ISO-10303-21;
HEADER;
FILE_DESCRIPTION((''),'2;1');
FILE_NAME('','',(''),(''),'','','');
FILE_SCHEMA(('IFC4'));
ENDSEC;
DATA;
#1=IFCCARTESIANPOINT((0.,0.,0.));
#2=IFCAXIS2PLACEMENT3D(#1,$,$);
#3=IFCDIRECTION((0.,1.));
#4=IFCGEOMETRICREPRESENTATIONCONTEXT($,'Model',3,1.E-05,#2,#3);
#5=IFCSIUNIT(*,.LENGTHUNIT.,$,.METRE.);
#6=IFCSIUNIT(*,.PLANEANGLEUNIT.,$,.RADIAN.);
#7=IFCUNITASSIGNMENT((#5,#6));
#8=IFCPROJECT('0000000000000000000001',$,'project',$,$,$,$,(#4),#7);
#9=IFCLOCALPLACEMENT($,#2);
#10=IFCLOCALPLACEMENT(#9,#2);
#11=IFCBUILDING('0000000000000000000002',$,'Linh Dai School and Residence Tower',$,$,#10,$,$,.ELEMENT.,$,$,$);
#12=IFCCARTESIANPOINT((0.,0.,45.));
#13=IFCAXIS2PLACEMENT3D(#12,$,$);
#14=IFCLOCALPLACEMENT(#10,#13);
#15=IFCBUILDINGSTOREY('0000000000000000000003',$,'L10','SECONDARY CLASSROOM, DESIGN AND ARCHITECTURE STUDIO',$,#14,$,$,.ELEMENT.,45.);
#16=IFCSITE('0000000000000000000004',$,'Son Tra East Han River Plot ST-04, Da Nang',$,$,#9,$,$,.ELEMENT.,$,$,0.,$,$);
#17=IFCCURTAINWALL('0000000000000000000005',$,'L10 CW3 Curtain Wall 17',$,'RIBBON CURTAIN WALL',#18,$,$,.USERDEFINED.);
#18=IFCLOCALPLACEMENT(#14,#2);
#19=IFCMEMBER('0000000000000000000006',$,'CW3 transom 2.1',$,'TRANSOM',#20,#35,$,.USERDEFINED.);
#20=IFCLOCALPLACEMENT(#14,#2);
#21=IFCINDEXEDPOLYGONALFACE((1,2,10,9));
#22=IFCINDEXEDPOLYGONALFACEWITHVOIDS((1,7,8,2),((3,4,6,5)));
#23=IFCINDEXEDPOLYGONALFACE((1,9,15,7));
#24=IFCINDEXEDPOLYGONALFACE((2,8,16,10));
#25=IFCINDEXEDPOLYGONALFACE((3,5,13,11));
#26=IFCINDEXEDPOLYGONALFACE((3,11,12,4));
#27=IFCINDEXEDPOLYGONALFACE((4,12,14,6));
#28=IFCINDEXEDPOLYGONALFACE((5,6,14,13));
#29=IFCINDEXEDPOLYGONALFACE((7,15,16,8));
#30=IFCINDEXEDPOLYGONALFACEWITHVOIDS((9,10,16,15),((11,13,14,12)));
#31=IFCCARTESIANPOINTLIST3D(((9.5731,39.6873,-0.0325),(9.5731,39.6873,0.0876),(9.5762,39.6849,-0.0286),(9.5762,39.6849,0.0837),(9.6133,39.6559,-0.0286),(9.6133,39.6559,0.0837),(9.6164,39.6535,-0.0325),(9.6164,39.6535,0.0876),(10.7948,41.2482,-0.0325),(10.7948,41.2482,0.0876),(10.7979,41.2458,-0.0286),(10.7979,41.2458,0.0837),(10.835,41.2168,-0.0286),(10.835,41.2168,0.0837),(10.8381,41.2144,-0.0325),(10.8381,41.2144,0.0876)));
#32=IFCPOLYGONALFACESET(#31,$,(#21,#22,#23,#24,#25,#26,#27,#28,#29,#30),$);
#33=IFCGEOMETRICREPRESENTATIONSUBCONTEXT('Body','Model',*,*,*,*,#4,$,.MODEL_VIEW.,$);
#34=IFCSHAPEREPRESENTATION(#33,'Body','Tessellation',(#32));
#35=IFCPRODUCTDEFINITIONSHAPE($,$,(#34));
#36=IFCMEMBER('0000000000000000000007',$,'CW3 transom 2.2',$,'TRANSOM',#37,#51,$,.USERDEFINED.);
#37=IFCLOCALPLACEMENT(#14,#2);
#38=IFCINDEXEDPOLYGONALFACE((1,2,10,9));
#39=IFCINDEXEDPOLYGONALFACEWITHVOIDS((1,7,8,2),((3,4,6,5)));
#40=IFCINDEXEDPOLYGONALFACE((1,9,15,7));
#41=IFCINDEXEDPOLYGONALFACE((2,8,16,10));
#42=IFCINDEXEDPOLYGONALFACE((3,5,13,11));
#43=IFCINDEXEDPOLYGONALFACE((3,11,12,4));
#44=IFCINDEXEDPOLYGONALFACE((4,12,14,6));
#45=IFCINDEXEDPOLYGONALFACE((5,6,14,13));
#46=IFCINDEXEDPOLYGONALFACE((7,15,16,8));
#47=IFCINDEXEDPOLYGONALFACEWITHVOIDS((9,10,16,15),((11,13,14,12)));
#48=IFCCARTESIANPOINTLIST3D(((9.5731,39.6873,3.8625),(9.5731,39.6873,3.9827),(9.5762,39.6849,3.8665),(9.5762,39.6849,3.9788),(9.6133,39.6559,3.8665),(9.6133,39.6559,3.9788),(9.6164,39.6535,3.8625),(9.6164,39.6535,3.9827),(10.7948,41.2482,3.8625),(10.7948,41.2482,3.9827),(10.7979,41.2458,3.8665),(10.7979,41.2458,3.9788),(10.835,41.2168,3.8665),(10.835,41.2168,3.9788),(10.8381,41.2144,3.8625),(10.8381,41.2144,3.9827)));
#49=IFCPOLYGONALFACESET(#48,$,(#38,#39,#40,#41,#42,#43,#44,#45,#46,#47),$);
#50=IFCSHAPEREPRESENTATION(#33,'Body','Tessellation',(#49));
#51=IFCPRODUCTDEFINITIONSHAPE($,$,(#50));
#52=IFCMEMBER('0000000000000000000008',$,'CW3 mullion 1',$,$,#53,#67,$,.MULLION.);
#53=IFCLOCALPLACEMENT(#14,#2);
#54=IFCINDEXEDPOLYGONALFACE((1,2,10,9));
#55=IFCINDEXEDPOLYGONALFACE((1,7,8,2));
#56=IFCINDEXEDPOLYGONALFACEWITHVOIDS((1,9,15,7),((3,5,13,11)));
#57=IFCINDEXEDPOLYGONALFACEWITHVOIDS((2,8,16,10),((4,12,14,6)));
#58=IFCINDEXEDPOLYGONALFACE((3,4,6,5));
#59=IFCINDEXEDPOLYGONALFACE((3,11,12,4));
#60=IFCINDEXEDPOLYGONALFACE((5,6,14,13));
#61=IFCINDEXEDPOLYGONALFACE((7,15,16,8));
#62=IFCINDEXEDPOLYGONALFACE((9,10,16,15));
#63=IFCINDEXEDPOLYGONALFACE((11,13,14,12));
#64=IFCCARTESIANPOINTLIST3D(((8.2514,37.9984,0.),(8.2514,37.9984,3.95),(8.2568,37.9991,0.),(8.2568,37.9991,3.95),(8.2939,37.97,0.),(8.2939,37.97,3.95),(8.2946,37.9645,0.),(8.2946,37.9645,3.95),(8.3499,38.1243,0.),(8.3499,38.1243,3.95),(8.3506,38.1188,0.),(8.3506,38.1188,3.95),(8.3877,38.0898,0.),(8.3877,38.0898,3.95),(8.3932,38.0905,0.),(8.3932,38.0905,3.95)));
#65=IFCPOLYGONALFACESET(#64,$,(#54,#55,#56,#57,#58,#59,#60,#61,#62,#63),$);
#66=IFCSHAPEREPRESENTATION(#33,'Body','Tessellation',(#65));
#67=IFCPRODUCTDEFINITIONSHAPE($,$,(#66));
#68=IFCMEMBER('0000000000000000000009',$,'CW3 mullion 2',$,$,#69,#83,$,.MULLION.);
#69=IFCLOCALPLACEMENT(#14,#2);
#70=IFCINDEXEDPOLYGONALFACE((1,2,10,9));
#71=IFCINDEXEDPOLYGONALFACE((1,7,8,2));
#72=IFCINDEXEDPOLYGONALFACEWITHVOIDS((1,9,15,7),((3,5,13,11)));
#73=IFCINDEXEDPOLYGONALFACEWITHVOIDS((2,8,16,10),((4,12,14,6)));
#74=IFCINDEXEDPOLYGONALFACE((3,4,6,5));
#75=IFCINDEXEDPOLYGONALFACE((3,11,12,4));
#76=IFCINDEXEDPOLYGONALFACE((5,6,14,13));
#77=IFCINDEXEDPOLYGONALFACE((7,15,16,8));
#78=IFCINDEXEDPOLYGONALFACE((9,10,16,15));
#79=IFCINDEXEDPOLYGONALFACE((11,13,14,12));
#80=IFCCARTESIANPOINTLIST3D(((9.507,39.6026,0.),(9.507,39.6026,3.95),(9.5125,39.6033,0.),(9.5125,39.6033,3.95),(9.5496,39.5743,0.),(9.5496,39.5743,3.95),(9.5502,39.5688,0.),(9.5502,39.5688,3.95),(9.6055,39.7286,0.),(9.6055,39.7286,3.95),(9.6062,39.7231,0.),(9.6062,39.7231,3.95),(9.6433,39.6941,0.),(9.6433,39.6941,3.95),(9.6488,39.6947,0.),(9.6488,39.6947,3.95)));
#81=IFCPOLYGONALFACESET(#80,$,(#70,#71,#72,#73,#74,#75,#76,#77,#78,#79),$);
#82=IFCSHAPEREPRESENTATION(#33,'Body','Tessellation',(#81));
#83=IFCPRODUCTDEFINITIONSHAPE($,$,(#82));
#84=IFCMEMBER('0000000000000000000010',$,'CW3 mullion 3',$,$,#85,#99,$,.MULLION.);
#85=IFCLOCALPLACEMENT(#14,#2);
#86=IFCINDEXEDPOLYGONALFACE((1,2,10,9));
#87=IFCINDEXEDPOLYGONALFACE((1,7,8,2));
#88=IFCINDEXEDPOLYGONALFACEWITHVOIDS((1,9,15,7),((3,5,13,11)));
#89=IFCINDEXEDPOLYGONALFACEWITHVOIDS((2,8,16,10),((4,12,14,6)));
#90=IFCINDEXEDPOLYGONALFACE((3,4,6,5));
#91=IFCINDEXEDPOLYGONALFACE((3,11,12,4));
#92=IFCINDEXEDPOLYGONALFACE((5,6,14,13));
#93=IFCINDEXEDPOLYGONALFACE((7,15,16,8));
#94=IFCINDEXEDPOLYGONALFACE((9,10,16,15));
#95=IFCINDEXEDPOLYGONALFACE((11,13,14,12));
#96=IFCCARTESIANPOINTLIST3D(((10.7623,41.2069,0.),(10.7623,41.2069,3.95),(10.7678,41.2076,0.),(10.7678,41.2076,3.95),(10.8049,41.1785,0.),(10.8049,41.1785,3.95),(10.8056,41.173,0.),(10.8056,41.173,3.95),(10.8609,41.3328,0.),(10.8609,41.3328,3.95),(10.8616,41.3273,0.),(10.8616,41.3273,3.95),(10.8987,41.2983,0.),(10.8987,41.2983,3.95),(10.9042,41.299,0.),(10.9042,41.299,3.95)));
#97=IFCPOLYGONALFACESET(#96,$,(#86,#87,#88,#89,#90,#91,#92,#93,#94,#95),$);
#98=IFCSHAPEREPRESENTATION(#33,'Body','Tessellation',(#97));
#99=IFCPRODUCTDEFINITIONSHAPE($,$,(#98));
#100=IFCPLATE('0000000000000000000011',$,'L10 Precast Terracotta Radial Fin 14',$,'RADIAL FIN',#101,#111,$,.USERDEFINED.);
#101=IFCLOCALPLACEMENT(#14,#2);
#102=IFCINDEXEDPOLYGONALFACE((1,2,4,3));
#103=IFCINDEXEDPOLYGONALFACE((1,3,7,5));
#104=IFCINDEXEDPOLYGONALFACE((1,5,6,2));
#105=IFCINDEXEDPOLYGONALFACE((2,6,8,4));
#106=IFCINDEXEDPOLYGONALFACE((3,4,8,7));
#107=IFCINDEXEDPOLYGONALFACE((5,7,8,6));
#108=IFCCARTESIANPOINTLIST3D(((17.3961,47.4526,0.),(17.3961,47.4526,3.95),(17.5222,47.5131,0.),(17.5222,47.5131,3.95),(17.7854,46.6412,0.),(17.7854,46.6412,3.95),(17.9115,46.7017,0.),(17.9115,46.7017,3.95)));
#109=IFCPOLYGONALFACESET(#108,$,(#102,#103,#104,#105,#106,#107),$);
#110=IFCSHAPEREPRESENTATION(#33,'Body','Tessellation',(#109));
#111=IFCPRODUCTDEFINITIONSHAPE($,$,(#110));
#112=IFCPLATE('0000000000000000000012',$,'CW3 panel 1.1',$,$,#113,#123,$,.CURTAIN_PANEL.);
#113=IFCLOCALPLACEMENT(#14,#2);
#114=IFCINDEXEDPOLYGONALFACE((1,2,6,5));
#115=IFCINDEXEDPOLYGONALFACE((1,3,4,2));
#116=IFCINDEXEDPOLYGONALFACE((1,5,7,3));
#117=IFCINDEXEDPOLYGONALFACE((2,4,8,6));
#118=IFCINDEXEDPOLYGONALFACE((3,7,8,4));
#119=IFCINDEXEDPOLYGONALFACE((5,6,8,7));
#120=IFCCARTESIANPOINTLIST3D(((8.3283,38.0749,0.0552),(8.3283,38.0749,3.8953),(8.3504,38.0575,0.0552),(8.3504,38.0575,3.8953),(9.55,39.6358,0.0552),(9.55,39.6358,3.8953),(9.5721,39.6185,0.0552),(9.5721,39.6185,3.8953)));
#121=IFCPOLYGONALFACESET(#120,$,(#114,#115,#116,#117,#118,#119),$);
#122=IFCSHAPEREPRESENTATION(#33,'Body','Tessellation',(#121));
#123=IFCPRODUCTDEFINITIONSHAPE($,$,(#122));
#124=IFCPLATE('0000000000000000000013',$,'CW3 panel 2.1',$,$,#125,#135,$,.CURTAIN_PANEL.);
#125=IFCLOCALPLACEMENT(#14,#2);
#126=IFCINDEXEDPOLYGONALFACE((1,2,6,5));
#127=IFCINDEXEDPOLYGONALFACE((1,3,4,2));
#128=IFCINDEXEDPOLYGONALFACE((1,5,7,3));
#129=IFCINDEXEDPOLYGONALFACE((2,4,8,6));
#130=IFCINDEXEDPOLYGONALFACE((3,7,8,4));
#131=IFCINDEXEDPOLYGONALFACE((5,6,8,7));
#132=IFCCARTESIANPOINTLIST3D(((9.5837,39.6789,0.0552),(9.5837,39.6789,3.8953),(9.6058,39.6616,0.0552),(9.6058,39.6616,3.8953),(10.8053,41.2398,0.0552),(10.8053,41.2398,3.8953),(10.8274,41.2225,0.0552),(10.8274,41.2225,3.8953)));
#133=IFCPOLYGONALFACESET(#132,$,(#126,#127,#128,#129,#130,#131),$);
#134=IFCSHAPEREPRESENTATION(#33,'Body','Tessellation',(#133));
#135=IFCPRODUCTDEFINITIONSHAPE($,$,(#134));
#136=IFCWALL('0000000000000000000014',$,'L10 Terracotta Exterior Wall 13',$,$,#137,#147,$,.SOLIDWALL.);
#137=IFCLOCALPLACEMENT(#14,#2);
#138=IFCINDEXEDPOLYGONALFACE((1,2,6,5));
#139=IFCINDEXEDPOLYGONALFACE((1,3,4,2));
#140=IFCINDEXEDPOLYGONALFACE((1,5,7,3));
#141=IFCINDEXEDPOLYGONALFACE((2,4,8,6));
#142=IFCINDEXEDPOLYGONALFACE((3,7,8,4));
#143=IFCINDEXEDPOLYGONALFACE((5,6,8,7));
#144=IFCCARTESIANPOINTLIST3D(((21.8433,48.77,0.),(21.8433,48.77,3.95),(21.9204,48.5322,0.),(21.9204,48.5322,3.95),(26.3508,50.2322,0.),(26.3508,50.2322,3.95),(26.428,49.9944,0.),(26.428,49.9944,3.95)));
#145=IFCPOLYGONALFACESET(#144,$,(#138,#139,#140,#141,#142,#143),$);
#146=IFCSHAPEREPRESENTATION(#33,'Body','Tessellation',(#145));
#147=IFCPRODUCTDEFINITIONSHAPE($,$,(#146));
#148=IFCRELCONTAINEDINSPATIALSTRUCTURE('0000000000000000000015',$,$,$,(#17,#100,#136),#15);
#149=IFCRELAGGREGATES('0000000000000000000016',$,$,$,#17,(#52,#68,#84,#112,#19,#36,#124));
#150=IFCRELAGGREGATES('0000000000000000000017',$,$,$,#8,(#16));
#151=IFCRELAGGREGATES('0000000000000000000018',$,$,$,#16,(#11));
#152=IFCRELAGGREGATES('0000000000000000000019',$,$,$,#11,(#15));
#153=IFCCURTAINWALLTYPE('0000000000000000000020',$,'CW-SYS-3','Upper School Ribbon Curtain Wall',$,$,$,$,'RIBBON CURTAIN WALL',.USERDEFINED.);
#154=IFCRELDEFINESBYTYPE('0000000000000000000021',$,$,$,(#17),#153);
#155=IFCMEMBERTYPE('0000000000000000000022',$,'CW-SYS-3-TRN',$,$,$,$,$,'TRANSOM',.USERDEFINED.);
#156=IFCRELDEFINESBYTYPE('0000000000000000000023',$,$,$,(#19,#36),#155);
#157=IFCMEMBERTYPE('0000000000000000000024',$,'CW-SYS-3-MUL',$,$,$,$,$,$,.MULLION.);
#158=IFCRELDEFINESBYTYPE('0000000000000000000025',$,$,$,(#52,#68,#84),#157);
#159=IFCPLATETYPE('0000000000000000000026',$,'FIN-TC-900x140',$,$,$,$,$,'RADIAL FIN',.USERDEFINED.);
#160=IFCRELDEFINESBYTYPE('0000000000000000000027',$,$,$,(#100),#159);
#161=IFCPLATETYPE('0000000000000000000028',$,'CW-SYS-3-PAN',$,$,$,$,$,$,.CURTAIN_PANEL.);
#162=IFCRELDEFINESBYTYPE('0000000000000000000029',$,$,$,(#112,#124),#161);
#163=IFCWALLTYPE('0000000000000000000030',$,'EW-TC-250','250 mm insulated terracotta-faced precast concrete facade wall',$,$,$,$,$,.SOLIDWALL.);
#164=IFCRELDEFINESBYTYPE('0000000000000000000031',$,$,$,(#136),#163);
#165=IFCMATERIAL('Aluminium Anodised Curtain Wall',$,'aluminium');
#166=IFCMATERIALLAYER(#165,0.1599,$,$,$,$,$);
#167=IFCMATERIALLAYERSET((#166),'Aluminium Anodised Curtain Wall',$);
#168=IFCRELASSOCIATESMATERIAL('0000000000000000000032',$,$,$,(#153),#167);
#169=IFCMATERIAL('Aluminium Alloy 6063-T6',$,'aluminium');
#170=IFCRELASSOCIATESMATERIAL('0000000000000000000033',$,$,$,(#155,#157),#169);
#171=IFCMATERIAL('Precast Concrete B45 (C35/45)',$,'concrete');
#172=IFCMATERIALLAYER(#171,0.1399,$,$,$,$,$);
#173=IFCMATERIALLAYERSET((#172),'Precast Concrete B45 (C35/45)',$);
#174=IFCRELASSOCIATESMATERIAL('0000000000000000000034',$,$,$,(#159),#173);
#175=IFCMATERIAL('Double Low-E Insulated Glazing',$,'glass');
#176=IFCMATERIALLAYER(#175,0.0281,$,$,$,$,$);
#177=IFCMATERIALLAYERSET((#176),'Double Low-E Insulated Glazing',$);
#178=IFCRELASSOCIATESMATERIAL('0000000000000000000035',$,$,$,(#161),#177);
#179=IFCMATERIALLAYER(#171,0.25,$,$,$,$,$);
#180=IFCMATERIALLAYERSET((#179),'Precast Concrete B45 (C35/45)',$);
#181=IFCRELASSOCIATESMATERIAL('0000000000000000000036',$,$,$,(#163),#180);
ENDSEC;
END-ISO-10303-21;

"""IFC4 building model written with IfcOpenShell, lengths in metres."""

from ifc_helpers import new_model, si_unit, direction, frame, frame_2d, origin, origin_2d, place, context, subcontext, project, spatial, rectangle, hollow_rectangle, extrude, source, transform, mapped, material, layer, layer_set, material_profile, profile_set, type_object, element, aggregate, save


model = new_model("IFC4")

# Units and contexts
model_context = context("Model", 3, precision=1e-05, world=origin(), true_north=direction((0.0, 1.0)))
body_context = subcontext(model_context, "Body", "Model", "MODEL_VIEW")
ifc_project = project(units=[si_unit("LENGTHUNIT", "METRE"), si_unit("PLANEANGLEUNIT", "RADIAN")], contexts=[model_context])

# Site, building, storey
site_placement = place(None, origin())
site = spatial("IfcSite", under=ifc_project, at=site_placement, Name="Son Tra East Han River Plot ST-04, Da Nang", CompositionType="ELEMENT", RefElevation=0.0)
building_placement = place(site_placement, origin())
building = spatial("IfcBuilding", under=site, at=building_placement, Name="Linh Dai School and Residence Tower", CompositionType="ELEMENT")
storey_placement = place(building_placement, frame((0.0, 0.0, 45.0)))
storey = spatial("IfcBuildingStorey", under=building, at=storey_placement, Name="L10", Description="SECONDARY CLASSROOM, DESIGN AND ARCHITECTURE STUDIO", CompositionType="ELEMENT", Elevation=45.0)

# Curtain wall, members
ifc_material_1 = material(Name="Aluminium Anodised Curtain Wall", Category="aluminium")
ifc_layer_1 = layer(ifc_material_1, 0.1599)
ifc_layer_set_1 = layer_set([ifc_layer_1], Name="Aluminium Anodised Curtain Wall")
curtain_wall_type = type_object("IfcCurtainWallType", Name="CW-SYS-3", Description="Upper School Ribbon Curtain Wall", ElementType="RIBBON CURTAIN WALL", PredefinedType="USERDEFINED", material=ifc_layer_set_1)
curtain_wall_placement = place(storey_placement, origin())
curtain_wall = element("IfcCurtainWall", 1, at=curtain_wall_placement, inside=storey, type_object=curtain_wall_type, Name="L10 CW3 Curtain Wall 17", ObjectType="RIBBON CURTAIN WALL", PredefinedType="USERDEFINED")
ifc_material_2 = material(Name="Aluminium Alloy 6063-T6", Category="aluminium")
ifc_material_profile_1 = material_profile(ifc_material_2, hollow_rectangle(XDim=0.0549, YDim=0.1201, WallThickness=0.0039, at=origin_2d()), Name="RHS 120x55x4")
ifc_profile_set_1 = profile_set([ifc_material_profile_1], Name="Aluminium Alloy 6063-T6")
member_type_1 = type_object("IfcMemberType", Name="CW-SYS-3-TRN", ElementType="TRANSOM", PredefinedType="USERDEFINED", material=ifc_profile_set_1)
shared_shape_1 = source(origin(), body_context, "Body", "SweptSolid", [
    extrude(hollow_rectangle(XDim=0.0549, YDim=0.1201, WallThickness=0.0039, at=origin_2d()), origin(), (0.0, 0.0, 1.0), 1.9822),
])
member_1_placement = place(storey_placement, frame((9.5947, 39.6704, 0.0276), z_axis=(0.616368, 0.787458, 0.0), x_axis=(-0.787458, 0.616368, 0.0)))
member_1 = element("IfcMember", 2, at=member_1_placement, type_object=member_type_1, Name="CW3 transom 2.1", ObjectType="TRANSOM", PredefinedType="USERDEFINED", context=body_context, shape_type="MappedRepresentation", body=[
    mapped(shared_shape_1, transform((0.0, 0.0, 0.0), x_axis=(1.0, 0.0, 0.0), y_axis=(0.0, 1.0, 0.0), z_axis=(0.0, 0.0, 1.0), scale=1.0)),
])
member_2_placement = place(storey_placement, frame((9.5947, 39.6704, 3.9226), z_axis=(0.616368, 0.787458, 0.0), x_axis=(-0.787458, 0.616368, 0.0)))
member_2 = element("IfcMember", 3, at=member_2_placement, type_object=member_type_1, Name="CW3 transom 2.2", ObjectType="TRANSOM", PredefinedType="USERDEFINED", context=body_context, shape_type="MappedRepresentation", body=[
    mapped(shared_shape_1, transform((0.0, 0.0, 0.0), x_axis=(1.0, 0.0, 0.0), y_axis=(0.0, 1.0, 0.0), z_axis=(0.0, 0.0, 1.0), scale=1.0)),
])
ifc_material_profile_2 = material_profile(ifc_material_2, hollow_rectangle(XDim=0.0549, YDim=0.1599, WallThickness=0.0039, at=origin_2d()), Name="RHS 160x55x4")
ifc_profile_set_2 = profile_set([ifc_material_profile_2], Name="Aluminium Alloy 6063-T6")
member_type_2 = type_object("IfcMemberType", Name="CW-SYS-3-MUL", PredefinedType="MULLION", material=ifc_profile_set_2)
shared_shape_2 = source(origin(), body_context, "Body", "SweptSolid", [
    extrude(hollow_rectangle(XDim=0.0549, YDim=0.1599, WallThickness=0.0039, at=origin_2d()), origin(), (0.0, 0.0, 1.0), 3.95),
])
member_3_placement = place(storey_placement, frame((8.3223, 38.0444, 0.0), z_axis=(0.0, 0.0, 1.0), x_axis=(-0.787496, 0.616319, 0.0)))
member_3 = element("IfcMember", 4, at=member_3_placement, type_object=member_type_2, Name="CW3 mullion 1", PredefinedType="MULLION", context=body_context, shape_type="MappedRepresentation", body=[
    mapped(shared_shape_2, transform((0.0, 0.0, 0.0), x_axis=(1.0, 0.0, 0.0), y_axis=(0.0, 1.0, 0.0), z_axis=(0.0, 0.0, 1.0), scale=1.0)),
])
member_4_placement = place(storey_placement, frame((9.5779, 39.6487, 0.0), z_axis=(0.0, 0.0, 1.0), x_axis=(-0.787496, 0.616319, 0.0)))
member_4 = element("IfcMember", 5, at=member_4_placement, type_object=member_type_2, Name="CW3 mullion 2", PredefinedType="MULLION", context=body_context, shape_type="MappedRepresentation", body=[
    mapped(shared_shape_2, transform((0.0, 0.0, 0.0), x_axis=(1.0, 0.0, 0.0), y_axis=(0.0, 1.0, 0.0), z_axis=(0.0, 0.0, 1.0), scale=1.0)),
])
member_5_placement = place(storey_placement, frame((10.8333, 41.2529, 0.0), z_axis=(0.0, 0.0, 1.0), x_axis=(-0.787496, 0.616319, 0.0)))
member_5 = element("IfcMember", 6, at=member_5_placement, type_object=member_type_2, Name="CW3 mullion 3", PredefinedType="MULLION", context=body_context, shape_type="MappedRepresentation", body=[
    mapped(shared_shape_2, transform((0.0, 0.0, 0.0), x_axis=(1.0, 0.0, 0.0), y_axis=(0.0, 1.0, 0.0), z_axis=(0.0, 0.0, 1.0), scale=1.0)),
])

# Plates
ifc_material_3 = material(Name="Precast Concrete B45 (C35/45)", Category="concrete")
ifc_layer_2 = layer(ifc_material_3, 0.1399)
ifc_layer_set_2 = layer_set([ifc_layer_2], Name="Precast Concrete B45 (C35/45)")
plate_type_1 = type_object("IfcPlateType", Name="FIN-TC-900x140", ElementType="RADIAL FIN", PredefinedType="USERDEFINED", material=ifc_layer_set_2)
shared_shape_3 = source(origin(), body_context, "Body", "SweptSolid", [
    extrude(rectangle(XDim=0.8999, YDim=0.1399, at=origin_2d()), origin(), (0.0, 0.0, 1.0), 3.95),
])
plate_1_placement = place(storey_placement, frame((17.6538, 47.0771, 0.0), z_axis=(0.0, 0.0, 1.0), x_axis=(-0.432603, 0.901585, 0.0)))
element("IfcPlate", 7, at=plate_1_placement, inside=storey, type_object=plate_type_1, Name="L10 Precast Terracotta Radial Fin 14", ObjectType="RADIAL FIN", PredefinedType="USERDEFINED", context=body_context, shape_type="MappedRepresentation", body=[
    mapped(shared_shape_3, transform((0.0, 0.0, 0.0), x_axis=(1.0, 0.0, 0.0), y_axis=(0.0, 1.0, 0.0), z_axis=(0.0, 0.0, 1.0), scale=1.0)),
])
ifc_material_4 = material(Name="Double Low-E Insulated Glazing", Category="glass")
ifc_layer_3 = layer(ifc_material_4, 0.0281)
ifc_layer_set_3 = layer_set([ifc_layer_3], Name="Double Low-E Insulated Glazing")
plate_type_2 = type_object("IfcPlateType", Name="CW-SYS-3-PAN", PredefinedType="CURTAIN_PANEL", material=ifc_layer_set_3)
shared_shape_4 = source(origin(), body_context, "Body", "SweptSolid", [
    extrude(rectangle(XDim=1.9822, YDim=0.0281, at=origin_2d()), origin(), (0.0, 0.0, 1.0), 3.8401),
])
plate_2_placement = place(storey_placement, frame((8.9502, 38.8467, 0.0552), z_axis=(0.0, 0.0, 1.0), x_axis=(0.616319, 0.787496, 0.0)))
plate_2 = element("IfcPlate", 8, at=plate_2_placement, type_object=plate_type_2, Name="CW3 panel 1.1", PredefinedType="CURTAIN_PANEL", context=body_context, shape_type="MappedRepresentation", body=[
    mapped(shared_shape_4, transform((0.0, 0.0, 0.0), x_axis=(1.0, 0.0, 0.0), y_axis=(0.0, 1.0, 0.0), z_axis=(0.0, 0.0, 1.0), scale=1.0)),
])
plate_3_placement = place(storey_placement, frame((10.2056, 40.4507, 0.0552), z_axis=(0.0, 0.0, 1.0), x_axis=(0.616319, 0.787496, 0.0)))
plate_3 = element("IfcPlate", 9, at=plate_3_placement, type_object=plate_type_2, Name="CW3 panel 2.1", PredefinedType="CURTAIN_PANEL", context=body_context, shape_type="MappedRepresentation", body=[
    mapped(shared_shape_4, transform((0.0, 0.0, 0.0), x_axis=(1.0, 0.0, 0.0), y_axis=(0.0, 1.0, 0.0), z_axis=(0.0, 0.0, 1.0), scale=1.0)),
])
aggregate(curtain_wall, [member_3, member_4, member_5, plate_2, member_1, member_2, plate_3])

# Wall
ifc_layer_4 = layer(ifc_material_3, 0.25)
ifc_layer_set_4 = layer_set([ifc_layer_4], Name="Precast Concrete B45 (C35/45)")
wall_type_1 = type_object("IfcWallType", Name="EW-TC-250", Description="250 mm insulated terracotta-faced precast concrete facade wall", PredefinedType="SOLIDWALL", material=ifc_layer_set_4)
wall_1_placement = place(storey_placement, frame((21.8818, 48.6511, 0.0), z_axis=(0.0, 0.0, 1.0), x_axis=(0.951208, 0.308551, 0.0)))
element("IfcWall", 10, at=wall_1_placement, inside=storey, type_object=wall_type_1, Name="L10 Terracotta Exterior Wall 13", PredefinedType="SOLIDWALL", context=body_context, shape_type="SweptSolid", body=[
    extrude(rectangle(XDim=4.7388, YDim=0.25, at=frame_2d((2.3694, 0.0))), origin(), (0.0, 0.0, 1.0), 3.95),
])

save(model, "model.ifc")
